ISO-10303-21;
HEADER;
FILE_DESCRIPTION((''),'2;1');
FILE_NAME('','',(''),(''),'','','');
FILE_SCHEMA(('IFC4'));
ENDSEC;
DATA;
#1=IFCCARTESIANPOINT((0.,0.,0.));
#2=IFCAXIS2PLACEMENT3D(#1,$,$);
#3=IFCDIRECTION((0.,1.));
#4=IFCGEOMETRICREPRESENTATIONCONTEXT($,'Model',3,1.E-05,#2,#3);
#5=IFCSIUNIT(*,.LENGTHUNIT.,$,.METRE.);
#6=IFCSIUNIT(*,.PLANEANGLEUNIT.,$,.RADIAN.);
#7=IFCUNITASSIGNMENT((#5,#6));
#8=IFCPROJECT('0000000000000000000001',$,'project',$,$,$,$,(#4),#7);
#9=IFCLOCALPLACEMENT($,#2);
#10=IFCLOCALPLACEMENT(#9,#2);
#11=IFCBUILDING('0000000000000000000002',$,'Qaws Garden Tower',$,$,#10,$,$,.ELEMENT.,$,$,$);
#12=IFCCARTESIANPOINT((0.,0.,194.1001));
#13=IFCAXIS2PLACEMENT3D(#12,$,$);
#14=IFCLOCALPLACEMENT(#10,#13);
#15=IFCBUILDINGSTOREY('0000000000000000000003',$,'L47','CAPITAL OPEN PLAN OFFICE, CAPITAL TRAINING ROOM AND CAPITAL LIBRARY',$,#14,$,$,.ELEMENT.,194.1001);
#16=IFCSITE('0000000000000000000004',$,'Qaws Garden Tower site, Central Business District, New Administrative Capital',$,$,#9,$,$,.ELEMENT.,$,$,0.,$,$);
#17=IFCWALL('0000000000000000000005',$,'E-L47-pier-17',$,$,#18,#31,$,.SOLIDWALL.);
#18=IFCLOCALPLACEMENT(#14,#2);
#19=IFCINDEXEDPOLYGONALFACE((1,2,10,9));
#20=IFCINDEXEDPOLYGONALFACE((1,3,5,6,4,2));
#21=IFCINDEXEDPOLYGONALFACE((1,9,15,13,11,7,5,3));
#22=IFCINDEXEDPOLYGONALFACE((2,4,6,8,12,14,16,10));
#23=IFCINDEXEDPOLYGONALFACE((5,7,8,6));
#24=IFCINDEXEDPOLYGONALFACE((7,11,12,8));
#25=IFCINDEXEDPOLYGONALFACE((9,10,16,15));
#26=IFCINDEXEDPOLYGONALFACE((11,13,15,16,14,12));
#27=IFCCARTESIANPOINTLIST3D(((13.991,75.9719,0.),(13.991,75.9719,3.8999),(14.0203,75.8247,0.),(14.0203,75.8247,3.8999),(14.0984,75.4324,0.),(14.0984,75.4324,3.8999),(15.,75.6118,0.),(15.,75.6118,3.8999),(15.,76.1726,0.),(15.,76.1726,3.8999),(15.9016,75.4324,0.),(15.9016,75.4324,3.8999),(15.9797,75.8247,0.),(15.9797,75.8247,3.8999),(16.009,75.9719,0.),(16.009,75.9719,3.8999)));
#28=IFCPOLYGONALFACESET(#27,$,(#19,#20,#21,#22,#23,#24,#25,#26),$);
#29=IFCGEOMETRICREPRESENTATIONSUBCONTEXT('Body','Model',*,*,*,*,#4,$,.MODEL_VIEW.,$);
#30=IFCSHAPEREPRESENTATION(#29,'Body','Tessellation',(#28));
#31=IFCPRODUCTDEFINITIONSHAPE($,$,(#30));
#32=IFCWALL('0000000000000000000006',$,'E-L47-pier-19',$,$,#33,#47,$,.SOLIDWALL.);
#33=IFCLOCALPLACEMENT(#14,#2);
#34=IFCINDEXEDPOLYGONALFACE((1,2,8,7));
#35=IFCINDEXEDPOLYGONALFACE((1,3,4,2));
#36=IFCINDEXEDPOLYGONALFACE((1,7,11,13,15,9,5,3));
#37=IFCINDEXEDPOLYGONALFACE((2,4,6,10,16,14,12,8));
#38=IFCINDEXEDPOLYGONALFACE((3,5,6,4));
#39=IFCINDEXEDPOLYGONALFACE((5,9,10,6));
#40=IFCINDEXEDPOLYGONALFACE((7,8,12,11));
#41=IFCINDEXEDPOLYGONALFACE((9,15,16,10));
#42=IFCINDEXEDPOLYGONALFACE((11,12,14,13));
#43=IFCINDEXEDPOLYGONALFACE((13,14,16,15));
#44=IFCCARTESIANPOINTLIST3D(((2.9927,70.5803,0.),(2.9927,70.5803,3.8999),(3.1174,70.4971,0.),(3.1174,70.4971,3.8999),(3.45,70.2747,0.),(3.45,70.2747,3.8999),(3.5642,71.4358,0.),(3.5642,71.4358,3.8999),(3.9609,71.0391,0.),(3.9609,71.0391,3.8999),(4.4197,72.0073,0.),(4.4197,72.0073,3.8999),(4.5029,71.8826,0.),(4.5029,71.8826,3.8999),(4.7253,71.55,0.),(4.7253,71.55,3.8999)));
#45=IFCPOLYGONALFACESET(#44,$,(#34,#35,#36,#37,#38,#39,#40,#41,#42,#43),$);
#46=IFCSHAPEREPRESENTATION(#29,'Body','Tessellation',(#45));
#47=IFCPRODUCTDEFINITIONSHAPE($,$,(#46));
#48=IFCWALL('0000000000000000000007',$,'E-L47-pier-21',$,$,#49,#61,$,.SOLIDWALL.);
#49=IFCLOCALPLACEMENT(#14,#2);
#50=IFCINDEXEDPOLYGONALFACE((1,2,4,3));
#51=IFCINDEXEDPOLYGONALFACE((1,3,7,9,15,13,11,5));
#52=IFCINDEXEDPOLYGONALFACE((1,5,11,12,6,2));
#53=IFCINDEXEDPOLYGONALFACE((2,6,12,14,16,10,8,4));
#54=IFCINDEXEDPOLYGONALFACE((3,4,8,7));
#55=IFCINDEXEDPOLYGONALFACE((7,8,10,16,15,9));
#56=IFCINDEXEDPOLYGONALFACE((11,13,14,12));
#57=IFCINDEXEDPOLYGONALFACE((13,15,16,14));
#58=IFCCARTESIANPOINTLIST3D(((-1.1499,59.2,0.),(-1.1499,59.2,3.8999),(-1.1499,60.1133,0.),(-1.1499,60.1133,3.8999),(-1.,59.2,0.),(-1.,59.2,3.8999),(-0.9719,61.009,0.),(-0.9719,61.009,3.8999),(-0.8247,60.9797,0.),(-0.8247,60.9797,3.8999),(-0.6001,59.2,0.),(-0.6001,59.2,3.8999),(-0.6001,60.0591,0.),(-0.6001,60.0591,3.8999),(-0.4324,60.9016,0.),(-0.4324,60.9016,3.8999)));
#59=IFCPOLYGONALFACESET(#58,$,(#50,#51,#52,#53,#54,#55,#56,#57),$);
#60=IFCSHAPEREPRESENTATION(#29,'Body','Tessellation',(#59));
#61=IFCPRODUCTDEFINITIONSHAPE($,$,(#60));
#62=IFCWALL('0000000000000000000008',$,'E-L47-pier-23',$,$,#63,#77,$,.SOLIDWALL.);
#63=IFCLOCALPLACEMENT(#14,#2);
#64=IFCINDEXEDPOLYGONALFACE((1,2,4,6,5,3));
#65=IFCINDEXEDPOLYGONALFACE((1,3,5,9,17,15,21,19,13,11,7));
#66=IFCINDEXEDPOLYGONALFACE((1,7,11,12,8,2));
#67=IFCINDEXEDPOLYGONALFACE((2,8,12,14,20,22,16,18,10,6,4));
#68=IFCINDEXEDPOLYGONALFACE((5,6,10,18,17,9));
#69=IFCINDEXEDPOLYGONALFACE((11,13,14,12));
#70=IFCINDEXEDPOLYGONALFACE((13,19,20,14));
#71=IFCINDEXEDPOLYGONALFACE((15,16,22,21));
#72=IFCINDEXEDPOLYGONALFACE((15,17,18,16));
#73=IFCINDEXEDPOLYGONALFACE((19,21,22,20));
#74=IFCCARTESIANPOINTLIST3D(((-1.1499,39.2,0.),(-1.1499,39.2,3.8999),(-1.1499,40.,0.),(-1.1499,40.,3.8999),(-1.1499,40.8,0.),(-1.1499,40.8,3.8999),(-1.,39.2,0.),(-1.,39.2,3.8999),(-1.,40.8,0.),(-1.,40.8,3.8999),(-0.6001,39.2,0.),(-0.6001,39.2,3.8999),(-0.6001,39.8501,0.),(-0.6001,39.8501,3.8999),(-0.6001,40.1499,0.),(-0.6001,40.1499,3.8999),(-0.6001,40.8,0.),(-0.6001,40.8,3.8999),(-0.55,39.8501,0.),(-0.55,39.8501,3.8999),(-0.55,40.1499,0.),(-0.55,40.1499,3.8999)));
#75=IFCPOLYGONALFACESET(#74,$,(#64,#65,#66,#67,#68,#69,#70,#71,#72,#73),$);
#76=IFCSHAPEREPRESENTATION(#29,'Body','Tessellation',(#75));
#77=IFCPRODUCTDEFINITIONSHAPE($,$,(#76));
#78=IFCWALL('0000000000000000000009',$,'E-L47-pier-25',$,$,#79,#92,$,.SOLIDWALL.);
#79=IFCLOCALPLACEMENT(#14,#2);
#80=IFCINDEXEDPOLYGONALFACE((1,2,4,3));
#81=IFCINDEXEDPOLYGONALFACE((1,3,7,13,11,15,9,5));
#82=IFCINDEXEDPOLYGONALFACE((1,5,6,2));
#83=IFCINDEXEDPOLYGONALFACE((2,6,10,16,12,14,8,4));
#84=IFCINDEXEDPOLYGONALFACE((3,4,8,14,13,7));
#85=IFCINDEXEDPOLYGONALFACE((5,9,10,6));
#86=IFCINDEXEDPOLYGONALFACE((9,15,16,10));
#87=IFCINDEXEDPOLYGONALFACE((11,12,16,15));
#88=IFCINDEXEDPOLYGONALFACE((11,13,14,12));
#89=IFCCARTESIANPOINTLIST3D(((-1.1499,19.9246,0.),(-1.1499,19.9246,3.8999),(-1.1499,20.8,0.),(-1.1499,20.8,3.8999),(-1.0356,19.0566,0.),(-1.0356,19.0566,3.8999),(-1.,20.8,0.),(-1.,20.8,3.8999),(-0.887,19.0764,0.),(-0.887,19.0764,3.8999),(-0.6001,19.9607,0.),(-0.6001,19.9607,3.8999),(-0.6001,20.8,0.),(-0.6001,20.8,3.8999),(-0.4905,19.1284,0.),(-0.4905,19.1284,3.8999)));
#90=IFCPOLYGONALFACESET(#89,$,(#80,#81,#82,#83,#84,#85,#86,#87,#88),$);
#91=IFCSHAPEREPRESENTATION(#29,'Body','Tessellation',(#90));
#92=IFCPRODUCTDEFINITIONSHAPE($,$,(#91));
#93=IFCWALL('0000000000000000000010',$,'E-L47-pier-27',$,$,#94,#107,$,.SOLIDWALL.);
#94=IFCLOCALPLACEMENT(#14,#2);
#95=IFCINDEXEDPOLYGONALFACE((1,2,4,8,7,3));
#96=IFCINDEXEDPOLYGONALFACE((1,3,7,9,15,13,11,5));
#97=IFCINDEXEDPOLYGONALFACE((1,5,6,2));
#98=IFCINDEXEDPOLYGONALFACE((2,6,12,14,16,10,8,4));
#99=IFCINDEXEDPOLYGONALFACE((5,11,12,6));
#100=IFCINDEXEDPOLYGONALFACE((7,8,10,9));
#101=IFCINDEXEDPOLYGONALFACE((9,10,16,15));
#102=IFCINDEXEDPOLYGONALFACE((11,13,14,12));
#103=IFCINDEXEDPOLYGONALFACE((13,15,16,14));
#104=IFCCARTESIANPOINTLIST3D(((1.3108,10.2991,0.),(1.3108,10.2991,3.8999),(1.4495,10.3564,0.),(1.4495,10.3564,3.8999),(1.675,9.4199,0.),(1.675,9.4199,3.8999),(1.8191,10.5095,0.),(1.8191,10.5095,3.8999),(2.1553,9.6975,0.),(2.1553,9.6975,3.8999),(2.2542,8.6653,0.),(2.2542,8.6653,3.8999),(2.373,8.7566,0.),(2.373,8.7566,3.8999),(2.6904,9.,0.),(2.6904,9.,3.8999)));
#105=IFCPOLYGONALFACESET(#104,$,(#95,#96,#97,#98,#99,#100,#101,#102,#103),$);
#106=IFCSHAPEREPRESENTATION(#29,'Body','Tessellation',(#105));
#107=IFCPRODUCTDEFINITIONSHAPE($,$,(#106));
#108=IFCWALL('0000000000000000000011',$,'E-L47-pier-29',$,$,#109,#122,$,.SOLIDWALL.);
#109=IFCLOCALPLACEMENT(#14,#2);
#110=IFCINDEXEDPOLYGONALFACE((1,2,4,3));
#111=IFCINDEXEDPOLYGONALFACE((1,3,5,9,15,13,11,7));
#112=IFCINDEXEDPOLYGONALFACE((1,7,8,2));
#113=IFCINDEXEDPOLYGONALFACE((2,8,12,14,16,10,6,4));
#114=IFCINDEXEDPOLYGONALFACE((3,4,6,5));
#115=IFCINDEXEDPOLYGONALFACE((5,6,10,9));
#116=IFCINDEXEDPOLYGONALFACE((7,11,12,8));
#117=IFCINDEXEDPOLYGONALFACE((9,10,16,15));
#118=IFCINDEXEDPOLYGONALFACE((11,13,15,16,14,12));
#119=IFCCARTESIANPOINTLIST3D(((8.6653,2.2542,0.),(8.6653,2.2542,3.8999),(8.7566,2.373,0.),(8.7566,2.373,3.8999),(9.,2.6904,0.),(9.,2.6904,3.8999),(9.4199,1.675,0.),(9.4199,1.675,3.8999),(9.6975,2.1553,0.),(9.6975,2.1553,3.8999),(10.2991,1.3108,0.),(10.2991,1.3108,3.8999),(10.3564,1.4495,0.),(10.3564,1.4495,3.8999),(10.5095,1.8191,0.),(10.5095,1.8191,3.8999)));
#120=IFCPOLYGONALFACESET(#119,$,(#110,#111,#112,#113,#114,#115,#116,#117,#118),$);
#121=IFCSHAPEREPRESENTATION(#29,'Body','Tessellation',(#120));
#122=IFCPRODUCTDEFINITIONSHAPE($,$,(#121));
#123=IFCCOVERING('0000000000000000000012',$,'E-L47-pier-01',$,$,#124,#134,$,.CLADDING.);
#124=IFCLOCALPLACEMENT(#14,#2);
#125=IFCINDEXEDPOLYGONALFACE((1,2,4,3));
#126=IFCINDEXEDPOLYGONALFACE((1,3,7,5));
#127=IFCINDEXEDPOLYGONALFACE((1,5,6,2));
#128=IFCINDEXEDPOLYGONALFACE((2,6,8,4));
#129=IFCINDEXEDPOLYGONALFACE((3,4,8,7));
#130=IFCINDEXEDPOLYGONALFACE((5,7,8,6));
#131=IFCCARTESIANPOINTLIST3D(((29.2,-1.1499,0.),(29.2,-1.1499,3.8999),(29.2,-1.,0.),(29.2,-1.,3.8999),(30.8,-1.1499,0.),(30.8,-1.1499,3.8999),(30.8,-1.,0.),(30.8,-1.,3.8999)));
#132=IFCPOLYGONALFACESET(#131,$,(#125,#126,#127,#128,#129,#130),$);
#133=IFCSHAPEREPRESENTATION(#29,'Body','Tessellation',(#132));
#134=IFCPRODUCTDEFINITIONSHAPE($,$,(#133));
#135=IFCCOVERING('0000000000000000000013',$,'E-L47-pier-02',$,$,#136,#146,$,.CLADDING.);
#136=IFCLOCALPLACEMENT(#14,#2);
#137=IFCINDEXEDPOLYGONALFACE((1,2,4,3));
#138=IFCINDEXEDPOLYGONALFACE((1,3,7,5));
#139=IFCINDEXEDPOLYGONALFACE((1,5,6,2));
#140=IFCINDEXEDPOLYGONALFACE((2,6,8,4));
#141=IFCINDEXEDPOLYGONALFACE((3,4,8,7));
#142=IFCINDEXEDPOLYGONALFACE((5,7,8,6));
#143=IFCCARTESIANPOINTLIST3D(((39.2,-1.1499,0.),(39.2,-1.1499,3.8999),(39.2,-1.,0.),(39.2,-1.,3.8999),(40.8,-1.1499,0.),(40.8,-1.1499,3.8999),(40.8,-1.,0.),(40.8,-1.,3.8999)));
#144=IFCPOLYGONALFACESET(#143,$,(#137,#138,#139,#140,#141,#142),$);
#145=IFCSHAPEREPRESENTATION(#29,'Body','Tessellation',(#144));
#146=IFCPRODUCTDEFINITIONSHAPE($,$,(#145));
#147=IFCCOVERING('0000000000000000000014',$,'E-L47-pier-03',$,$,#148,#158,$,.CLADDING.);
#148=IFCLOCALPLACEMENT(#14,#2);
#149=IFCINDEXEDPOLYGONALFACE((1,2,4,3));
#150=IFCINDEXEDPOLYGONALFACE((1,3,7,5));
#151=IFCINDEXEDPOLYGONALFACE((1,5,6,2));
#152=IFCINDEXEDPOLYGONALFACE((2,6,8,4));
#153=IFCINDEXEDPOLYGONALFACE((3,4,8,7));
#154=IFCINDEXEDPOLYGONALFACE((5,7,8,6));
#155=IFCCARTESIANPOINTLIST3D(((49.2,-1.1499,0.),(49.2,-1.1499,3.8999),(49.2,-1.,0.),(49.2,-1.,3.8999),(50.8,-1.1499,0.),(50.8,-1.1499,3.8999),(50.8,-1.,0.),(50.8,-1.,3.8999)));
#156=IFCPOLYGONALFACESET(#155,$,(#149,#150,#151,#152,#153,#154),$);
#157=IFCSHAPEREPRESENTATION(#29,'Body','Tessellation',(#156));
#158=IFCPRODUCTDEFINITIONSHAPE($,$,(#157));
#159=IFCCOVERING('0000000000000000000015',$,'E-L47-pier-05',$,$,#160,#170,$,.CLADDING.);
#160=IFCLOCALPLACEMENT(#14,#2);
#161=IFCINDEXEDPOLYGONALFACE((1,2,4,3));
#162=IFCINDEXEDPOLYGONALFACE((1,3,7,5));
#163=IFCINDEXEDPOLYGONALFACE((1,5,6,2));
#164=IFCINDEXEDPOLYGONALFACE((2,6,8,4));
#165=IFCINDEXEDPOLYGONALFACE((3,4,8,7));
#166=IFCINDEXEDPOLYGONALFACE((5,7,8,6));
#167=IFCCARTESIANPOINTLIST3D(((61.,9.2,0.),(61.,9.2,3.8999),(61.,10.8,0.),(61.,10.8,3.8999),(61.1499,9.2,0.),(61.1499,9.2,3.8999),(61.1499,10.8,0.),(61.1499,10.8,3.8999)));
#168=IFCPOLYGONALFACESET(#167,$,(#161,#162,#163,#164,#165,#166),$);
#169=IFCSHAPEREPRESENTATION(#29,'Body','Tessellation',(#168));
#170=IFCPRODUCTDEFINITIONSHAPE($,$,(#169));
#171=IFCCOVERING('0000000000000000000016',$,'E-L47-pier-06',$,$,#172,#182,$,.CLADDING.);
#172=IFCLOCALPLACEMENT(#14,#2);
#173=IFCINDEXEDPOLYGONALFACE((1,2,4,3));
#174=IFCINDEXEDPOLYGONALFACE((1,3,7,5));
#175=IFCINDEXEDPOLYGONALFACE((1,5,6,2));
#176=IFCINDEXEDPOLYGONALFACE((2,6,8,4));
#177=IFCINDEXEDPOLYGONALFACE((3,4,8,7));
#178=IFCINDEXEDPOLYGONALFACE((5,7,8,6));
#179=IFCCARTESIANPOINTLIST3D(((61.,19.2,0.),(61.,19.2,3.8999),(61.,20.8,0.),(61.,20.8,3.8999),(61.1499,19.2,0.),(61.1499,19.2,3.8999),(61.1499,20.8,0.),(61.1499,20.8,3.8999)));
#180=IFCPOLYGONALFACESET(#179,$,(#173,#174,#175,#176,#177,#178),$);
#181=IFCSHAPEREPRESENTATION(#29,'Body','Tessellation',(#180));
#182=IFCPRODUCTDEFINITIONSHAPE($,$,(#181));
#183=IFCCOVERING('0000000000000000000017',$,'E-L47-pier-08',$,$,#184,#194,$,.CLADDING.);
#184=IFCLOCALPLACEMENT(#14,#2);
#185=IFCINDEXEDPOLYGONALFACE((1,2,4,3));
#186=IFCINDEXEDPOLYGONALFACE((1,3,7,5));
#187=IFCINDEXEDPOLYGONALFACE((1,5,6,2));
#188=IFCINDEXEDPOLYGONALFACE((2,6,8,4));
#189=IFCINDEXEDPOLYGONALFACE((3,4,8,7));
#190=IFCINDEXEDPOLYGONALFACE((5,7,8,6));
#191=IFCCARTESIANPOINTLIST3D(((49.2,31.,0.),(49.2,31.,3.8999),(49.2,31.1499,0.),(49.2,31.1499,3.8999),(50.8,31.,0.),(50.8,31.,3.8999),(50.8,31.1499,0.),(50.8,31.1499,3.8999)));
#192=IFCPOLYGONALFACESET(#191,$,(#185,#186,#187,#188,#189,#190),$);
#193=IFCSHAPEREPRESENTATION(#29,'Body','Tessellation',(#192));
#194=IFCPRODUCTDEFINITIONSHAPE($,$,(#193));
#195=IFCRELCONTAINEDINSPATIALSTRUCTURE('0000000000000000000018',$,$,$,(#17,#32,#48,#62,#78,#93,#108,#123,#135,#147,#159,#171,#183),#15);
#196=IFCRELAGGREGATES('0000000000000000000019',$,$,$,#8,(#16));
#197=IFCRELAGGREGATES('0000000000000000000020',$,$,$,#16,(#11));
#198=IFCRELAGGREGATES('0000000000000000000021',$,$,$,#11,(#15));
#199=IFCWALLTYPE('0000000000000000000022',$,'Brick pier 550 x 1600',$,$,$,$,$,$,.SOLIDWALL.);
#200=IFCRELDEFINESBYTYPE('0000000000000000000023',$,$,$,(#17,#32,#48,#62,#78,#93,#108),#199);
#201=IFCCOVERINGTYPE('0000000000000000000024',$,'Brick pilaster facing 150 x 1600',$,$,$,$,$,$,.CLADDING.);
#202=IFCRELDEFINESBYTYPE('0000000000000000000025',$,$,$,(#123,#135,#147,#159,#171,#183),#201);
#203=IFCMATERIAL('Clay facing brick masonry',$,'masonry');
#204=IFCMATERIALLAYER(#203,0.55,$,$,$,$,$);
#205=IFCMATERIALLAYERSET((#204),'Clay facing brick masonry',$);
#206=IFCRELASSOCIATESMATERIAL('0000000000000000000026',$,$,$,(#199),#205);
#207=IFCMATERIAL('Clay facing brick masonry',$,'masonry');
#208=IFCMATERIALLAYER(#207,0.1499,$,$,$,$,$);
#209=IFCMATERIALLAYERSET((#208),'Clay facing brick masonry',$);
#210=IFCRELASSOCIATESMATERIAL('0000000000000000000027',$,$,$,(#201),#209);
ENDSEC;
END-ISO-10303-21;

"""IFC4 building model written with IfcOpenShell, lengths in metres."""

from ifc_helpers import new_model, si_unit, direction, frame, origin, place, context, subcontext, project, spatial, polyline, outline, extrude, material, layer, layer_set, type_object, element, save


model = new_model("IFC4")

# Units and contexts
model_context = context("Model", 3, precision=1e-05, world=origin(), true_north=direction((0.0, 1.0)))
body_context = subcontext(model_context, "Body", "Model", "MODEL_VIEW")
ifc_project = project(units=[si_unit("LENGTHUNIT", "METRE"), si_unit("PLANEANGLEUNIT", "RADIAN")], contexts=[model_context])

# Site, building, storey
site_placement = place(None, origin())
site = spatial("IfcSite", under=ifc_project, at=site_placement, Name="Qaws Garden Tower site, Central Business District, New Administrative Capital", CompositionType="ELEMENT", RefElevation=0.0)
building_placement = place(site_placement, origin())
building = spatial("IfcBuilding", under=site, at=building_placement, Name="Qaws Garden Tower", CompositionType="ELEMENT")
storey_placement = place(building_placement, frame((0.0, 0.0, 194.1001)))
storey = spatial("IfcBuildingStorey", under=building, at=storey_placement, Name="L47", Description="CAPITAL OPEN PLAN OFFICE, CAPITAL TRAINING ROOM AND CAPITAL LIBRARY", CompositionType="ELEMENT", Elevation=194.1001)

# Walls
placement = place(storey_placement, origin())
ifc_material_1 = material(Name="Clay facing brick masonry", Category="masonry")
ifc_layer_1 = layer(ifc_material_1, 0.55)
ifc_layer_set_1 = layer_set([ifc_layer_1], Name="Clay facing brick masonry")
wall_type_1 = type_object("IfcWallType", Name="Brick pier 550 x 1600", PredefinedType="SOLIDWALL", material=ifc_layer_set_1)
element("IfcWall", 1, at=placement, inside=storey, type_object=wall_type_1, Name="E-L47-pier-17", PredefinedType="SOLIDWALL", context=body_context, shape_type="SweptSolid", body=[
    extrude(outline(polyline([(15.9797, 75.8247), (16.009, 75.9719), (15.0, 76.1726), (13.991, 75.9719), (14.0203, 75.8247), (14.0984, 75.4324), (15.0, 75.6118), (15.9016, 75.4324), (15.9797, 75.8247)])), origin(), (0.0, 0.0, 1.0), 3.8999),
])
element("IfcWall", 2, at=placement, inside=storey, type_object=wall_type_1, Name="E-L47-pier-19", PredefinedType="SOLIDWALL", context=body_context, shape_type="SweptSolid", body=[
    extrude(outline(polyline([(4.5029, 71.8826), (4.4197, 72.0073), (3.5642, 71.4358), (2.9927, 70.5803), (3.1174, 70.4971), (3.45, 70.2747), (3.9609, 71.0391), (4.7253, 71.55), (4.5029, 71.8826)])), origin(), (0.0, 0.0, 1.0), 3.8999),
])
element("IfcWall", 3, at=placement, inside=storey, type_object=wall_type_1, Name="E-L47-pier-21", PredefinedType="SOLIDWALL", context=body_context, shape_type="SweptSolid", body=[
    extrude(outline(polyline([(-0.8247, 60.9797), (-0.9719, 61.009), (-1.1499, 60.1133), (-1.1499, 59.2), (-1.0, 59.2), (-0.6001, 59.2), (-0.6001, 60.0591), (-0.4324, 60.9016), (-0.8247, 60.9797)])), origin(), (0.0, 0.0, 1.0), 3.8999),
])
element("IfcWall", 4, at=placement, inside=storey, type_object=wall_type_1, Name="E-L47-pier-23", PredefinedType="SOLIDWALL", context=body_context, shape_type="SweptSolid", body=[
    extrude(outline(polyline([(-0.6001, 39.2), (-0.6001, 39.8501), (-0.55, 39.8501), (-0.55, 40.1499), (-0.6001, 40.1499), (-0.6001, 40.8), (-1.0, 40.8), (-1.1499, 40.8), (-1.1499, 40.0), (-1.1499, 39.2), (-1.0, 39.2), (-0.6001, 39.2)])), origin(), (0.0, 0.0, 1.0), 3.8999),
])
element("IfcWall", 5, at=placement, inside=storey, type_object=wall_type_1, Name="E-L47-pier-25", PredefinedType="SOLIDWALL", context=body_context, shape_type="SweptSolid", body=[
    extrude(outline(polyline([(-1.0, 20.8), (-1.1499, 20.8), (-1.1499, 19.9246), (-1.0356, 19.0566), (-0.887, 19.0764), (-0.4905, 19.1284), (-0.6001, 19.9607), (-0.6001, 20.8), (-1.0, 20.8)])), origin(), (0.0, 0.0, 1.0), 3.8999),
])
element("IfcWall", 6, at=placement, inside=storey, type_object=wall_type_1, Name="E-L47-pier-27", PredefinedType="SOLIDWALL", context=body_context, shape_type="SweptSolid", body=[
    extrude(outline(polyline([(1.4495, 10.3564), (1.3108, 10.2991), (1.675, 9.4199), (2.2542, 8.6653), (2.373, 8.7566), (2.6904, 9.0), (2.1553, 9.6975), (1.8191, 10.5095), (1.4495, 10.3564)])), origin(), (0.0, 0.0, 1.0), 3.8999),
])
element("IfcWall", 7, at=placement, inside=storey, type_object=wall_type_1, Name="E-L47-pier-29", PredefinedType="SOLIDWALL", context=body_context, shape_type="SweptSolid", body=[
    extrude(outline(polyline([(8.7566, 2.373), (8.6653, 2.2542), (9.4199, 1.675), (10.2991, 1.3108), (10.3564, 1.4495), (10.5095, 1.8191), (9.6975, 2.1553), (9.0, 2.6904), (8.7566, 2.373)])), origin(), (0.0, 0.0, 1.0), 3.8999),
])

# Coverings
ifc_material_2 = material(Name="Clay facing brick masonry", Category="masonry")
ifc_layer_2 = layer(ifc_material_2, 0.1499)
ifc_layer_set_2 = layer_set([ifc_layer_2], Name="Clay facing brick masonry")
covering_type = type_object("IfcCoveringType", Name="Brick pilaster facing 150 x 1600", PredefinedType="CLADDING", material=ifc_layer_set_2)
element("IfcCovering", 8, at=placement, inside=storey, type_object=covering_type, Name="E-L47-pier-01", PredefinedType="CLADDING", context=body_context, shape_type="SweptSolid", body=[
    extrude(outline(polyline([(29.2, -1.0), (30.8, -1.0), (30.8, -1.1499), (29.2, -1.1499), (29.2, -1.0)])), origin(), (0.0, 0.0, 1.0), 3.8999),
])
element("IfcCovering", 9, at=placement, inside=storey, type_object=covering_type, Name="E-L47-pier-02", PredefinedType="CLADDING", context=body_context, shape_type="SweptSolid", body=[
    extrude(outline(polyline([(39.2, -1.0), (40.8, -1.0), (40.8, -1.1499), (39.2, -1.1499), (39.2, -1.0)])), origin(), (0.0, 0.0, 1.0), 3.8999),
])
element("IfcCovering", 10, at=placement, inside=storey, type_object=covering_type, Name="E-L47-pier-03", PredefinedType="CLADDING", context=body_context, shape_type="SweptSolid", body=[
    extrude(outline(polyline([(49.2, -1.0), (50.8, -1.0), (50.8, -1.1499), (49.2, -1.1499), (49.2, -1.0)])), origin(), (0.0, 0.0, 1.0), 3.8999),
])
element("IfcCovering", 11, at=placement, inside=storey, type_object=covering_type, Name="E-L47-pier-05", PredefinedType="CLADDING", context=body_context, shape_type="SweptSolid", body=[
    extrude(outline(polyline([(61.0, 9.2), (61.0, 10.8), (61.1499, 10.8), (61.1499, 9.2), (61.0, 9.2)])), origin(), (0.0, 0.0, 1.0), 3.8999),
])
element("IfcCovering", 12, at=placement, inside=storey, type_object=covering_type, Name="E-L47-pier-06", PredefinedType="CLADDING", context=body_context, shape_type="SweptSolid", body=[
    extrude(outline(polyline([(61.0, 19.2), (61.0, 20.8), (61.1499, 20.8), (61.1499, 19.2), (61.0, 19.2)])), origin(), (0.0, 0.0, 1.0), 3.8999),
])
element("IfcCovering", 13, at=placement, inside=storey, type_object=covering_type, Name="E-L47-pier-08", PredefinedType="CLADDING", context=body_context, shape_type="SweptSolid", body=[
    extrude(outline(polyline([(50.8, 31.0), (49.2, 31.0), (49.2, 31.1499), (50.8, 31.1499), (50.8, 31.0)])), origin(), (0.0, 0.0, 1.0), 3.8999),
])

save(model, "model.ifc")
